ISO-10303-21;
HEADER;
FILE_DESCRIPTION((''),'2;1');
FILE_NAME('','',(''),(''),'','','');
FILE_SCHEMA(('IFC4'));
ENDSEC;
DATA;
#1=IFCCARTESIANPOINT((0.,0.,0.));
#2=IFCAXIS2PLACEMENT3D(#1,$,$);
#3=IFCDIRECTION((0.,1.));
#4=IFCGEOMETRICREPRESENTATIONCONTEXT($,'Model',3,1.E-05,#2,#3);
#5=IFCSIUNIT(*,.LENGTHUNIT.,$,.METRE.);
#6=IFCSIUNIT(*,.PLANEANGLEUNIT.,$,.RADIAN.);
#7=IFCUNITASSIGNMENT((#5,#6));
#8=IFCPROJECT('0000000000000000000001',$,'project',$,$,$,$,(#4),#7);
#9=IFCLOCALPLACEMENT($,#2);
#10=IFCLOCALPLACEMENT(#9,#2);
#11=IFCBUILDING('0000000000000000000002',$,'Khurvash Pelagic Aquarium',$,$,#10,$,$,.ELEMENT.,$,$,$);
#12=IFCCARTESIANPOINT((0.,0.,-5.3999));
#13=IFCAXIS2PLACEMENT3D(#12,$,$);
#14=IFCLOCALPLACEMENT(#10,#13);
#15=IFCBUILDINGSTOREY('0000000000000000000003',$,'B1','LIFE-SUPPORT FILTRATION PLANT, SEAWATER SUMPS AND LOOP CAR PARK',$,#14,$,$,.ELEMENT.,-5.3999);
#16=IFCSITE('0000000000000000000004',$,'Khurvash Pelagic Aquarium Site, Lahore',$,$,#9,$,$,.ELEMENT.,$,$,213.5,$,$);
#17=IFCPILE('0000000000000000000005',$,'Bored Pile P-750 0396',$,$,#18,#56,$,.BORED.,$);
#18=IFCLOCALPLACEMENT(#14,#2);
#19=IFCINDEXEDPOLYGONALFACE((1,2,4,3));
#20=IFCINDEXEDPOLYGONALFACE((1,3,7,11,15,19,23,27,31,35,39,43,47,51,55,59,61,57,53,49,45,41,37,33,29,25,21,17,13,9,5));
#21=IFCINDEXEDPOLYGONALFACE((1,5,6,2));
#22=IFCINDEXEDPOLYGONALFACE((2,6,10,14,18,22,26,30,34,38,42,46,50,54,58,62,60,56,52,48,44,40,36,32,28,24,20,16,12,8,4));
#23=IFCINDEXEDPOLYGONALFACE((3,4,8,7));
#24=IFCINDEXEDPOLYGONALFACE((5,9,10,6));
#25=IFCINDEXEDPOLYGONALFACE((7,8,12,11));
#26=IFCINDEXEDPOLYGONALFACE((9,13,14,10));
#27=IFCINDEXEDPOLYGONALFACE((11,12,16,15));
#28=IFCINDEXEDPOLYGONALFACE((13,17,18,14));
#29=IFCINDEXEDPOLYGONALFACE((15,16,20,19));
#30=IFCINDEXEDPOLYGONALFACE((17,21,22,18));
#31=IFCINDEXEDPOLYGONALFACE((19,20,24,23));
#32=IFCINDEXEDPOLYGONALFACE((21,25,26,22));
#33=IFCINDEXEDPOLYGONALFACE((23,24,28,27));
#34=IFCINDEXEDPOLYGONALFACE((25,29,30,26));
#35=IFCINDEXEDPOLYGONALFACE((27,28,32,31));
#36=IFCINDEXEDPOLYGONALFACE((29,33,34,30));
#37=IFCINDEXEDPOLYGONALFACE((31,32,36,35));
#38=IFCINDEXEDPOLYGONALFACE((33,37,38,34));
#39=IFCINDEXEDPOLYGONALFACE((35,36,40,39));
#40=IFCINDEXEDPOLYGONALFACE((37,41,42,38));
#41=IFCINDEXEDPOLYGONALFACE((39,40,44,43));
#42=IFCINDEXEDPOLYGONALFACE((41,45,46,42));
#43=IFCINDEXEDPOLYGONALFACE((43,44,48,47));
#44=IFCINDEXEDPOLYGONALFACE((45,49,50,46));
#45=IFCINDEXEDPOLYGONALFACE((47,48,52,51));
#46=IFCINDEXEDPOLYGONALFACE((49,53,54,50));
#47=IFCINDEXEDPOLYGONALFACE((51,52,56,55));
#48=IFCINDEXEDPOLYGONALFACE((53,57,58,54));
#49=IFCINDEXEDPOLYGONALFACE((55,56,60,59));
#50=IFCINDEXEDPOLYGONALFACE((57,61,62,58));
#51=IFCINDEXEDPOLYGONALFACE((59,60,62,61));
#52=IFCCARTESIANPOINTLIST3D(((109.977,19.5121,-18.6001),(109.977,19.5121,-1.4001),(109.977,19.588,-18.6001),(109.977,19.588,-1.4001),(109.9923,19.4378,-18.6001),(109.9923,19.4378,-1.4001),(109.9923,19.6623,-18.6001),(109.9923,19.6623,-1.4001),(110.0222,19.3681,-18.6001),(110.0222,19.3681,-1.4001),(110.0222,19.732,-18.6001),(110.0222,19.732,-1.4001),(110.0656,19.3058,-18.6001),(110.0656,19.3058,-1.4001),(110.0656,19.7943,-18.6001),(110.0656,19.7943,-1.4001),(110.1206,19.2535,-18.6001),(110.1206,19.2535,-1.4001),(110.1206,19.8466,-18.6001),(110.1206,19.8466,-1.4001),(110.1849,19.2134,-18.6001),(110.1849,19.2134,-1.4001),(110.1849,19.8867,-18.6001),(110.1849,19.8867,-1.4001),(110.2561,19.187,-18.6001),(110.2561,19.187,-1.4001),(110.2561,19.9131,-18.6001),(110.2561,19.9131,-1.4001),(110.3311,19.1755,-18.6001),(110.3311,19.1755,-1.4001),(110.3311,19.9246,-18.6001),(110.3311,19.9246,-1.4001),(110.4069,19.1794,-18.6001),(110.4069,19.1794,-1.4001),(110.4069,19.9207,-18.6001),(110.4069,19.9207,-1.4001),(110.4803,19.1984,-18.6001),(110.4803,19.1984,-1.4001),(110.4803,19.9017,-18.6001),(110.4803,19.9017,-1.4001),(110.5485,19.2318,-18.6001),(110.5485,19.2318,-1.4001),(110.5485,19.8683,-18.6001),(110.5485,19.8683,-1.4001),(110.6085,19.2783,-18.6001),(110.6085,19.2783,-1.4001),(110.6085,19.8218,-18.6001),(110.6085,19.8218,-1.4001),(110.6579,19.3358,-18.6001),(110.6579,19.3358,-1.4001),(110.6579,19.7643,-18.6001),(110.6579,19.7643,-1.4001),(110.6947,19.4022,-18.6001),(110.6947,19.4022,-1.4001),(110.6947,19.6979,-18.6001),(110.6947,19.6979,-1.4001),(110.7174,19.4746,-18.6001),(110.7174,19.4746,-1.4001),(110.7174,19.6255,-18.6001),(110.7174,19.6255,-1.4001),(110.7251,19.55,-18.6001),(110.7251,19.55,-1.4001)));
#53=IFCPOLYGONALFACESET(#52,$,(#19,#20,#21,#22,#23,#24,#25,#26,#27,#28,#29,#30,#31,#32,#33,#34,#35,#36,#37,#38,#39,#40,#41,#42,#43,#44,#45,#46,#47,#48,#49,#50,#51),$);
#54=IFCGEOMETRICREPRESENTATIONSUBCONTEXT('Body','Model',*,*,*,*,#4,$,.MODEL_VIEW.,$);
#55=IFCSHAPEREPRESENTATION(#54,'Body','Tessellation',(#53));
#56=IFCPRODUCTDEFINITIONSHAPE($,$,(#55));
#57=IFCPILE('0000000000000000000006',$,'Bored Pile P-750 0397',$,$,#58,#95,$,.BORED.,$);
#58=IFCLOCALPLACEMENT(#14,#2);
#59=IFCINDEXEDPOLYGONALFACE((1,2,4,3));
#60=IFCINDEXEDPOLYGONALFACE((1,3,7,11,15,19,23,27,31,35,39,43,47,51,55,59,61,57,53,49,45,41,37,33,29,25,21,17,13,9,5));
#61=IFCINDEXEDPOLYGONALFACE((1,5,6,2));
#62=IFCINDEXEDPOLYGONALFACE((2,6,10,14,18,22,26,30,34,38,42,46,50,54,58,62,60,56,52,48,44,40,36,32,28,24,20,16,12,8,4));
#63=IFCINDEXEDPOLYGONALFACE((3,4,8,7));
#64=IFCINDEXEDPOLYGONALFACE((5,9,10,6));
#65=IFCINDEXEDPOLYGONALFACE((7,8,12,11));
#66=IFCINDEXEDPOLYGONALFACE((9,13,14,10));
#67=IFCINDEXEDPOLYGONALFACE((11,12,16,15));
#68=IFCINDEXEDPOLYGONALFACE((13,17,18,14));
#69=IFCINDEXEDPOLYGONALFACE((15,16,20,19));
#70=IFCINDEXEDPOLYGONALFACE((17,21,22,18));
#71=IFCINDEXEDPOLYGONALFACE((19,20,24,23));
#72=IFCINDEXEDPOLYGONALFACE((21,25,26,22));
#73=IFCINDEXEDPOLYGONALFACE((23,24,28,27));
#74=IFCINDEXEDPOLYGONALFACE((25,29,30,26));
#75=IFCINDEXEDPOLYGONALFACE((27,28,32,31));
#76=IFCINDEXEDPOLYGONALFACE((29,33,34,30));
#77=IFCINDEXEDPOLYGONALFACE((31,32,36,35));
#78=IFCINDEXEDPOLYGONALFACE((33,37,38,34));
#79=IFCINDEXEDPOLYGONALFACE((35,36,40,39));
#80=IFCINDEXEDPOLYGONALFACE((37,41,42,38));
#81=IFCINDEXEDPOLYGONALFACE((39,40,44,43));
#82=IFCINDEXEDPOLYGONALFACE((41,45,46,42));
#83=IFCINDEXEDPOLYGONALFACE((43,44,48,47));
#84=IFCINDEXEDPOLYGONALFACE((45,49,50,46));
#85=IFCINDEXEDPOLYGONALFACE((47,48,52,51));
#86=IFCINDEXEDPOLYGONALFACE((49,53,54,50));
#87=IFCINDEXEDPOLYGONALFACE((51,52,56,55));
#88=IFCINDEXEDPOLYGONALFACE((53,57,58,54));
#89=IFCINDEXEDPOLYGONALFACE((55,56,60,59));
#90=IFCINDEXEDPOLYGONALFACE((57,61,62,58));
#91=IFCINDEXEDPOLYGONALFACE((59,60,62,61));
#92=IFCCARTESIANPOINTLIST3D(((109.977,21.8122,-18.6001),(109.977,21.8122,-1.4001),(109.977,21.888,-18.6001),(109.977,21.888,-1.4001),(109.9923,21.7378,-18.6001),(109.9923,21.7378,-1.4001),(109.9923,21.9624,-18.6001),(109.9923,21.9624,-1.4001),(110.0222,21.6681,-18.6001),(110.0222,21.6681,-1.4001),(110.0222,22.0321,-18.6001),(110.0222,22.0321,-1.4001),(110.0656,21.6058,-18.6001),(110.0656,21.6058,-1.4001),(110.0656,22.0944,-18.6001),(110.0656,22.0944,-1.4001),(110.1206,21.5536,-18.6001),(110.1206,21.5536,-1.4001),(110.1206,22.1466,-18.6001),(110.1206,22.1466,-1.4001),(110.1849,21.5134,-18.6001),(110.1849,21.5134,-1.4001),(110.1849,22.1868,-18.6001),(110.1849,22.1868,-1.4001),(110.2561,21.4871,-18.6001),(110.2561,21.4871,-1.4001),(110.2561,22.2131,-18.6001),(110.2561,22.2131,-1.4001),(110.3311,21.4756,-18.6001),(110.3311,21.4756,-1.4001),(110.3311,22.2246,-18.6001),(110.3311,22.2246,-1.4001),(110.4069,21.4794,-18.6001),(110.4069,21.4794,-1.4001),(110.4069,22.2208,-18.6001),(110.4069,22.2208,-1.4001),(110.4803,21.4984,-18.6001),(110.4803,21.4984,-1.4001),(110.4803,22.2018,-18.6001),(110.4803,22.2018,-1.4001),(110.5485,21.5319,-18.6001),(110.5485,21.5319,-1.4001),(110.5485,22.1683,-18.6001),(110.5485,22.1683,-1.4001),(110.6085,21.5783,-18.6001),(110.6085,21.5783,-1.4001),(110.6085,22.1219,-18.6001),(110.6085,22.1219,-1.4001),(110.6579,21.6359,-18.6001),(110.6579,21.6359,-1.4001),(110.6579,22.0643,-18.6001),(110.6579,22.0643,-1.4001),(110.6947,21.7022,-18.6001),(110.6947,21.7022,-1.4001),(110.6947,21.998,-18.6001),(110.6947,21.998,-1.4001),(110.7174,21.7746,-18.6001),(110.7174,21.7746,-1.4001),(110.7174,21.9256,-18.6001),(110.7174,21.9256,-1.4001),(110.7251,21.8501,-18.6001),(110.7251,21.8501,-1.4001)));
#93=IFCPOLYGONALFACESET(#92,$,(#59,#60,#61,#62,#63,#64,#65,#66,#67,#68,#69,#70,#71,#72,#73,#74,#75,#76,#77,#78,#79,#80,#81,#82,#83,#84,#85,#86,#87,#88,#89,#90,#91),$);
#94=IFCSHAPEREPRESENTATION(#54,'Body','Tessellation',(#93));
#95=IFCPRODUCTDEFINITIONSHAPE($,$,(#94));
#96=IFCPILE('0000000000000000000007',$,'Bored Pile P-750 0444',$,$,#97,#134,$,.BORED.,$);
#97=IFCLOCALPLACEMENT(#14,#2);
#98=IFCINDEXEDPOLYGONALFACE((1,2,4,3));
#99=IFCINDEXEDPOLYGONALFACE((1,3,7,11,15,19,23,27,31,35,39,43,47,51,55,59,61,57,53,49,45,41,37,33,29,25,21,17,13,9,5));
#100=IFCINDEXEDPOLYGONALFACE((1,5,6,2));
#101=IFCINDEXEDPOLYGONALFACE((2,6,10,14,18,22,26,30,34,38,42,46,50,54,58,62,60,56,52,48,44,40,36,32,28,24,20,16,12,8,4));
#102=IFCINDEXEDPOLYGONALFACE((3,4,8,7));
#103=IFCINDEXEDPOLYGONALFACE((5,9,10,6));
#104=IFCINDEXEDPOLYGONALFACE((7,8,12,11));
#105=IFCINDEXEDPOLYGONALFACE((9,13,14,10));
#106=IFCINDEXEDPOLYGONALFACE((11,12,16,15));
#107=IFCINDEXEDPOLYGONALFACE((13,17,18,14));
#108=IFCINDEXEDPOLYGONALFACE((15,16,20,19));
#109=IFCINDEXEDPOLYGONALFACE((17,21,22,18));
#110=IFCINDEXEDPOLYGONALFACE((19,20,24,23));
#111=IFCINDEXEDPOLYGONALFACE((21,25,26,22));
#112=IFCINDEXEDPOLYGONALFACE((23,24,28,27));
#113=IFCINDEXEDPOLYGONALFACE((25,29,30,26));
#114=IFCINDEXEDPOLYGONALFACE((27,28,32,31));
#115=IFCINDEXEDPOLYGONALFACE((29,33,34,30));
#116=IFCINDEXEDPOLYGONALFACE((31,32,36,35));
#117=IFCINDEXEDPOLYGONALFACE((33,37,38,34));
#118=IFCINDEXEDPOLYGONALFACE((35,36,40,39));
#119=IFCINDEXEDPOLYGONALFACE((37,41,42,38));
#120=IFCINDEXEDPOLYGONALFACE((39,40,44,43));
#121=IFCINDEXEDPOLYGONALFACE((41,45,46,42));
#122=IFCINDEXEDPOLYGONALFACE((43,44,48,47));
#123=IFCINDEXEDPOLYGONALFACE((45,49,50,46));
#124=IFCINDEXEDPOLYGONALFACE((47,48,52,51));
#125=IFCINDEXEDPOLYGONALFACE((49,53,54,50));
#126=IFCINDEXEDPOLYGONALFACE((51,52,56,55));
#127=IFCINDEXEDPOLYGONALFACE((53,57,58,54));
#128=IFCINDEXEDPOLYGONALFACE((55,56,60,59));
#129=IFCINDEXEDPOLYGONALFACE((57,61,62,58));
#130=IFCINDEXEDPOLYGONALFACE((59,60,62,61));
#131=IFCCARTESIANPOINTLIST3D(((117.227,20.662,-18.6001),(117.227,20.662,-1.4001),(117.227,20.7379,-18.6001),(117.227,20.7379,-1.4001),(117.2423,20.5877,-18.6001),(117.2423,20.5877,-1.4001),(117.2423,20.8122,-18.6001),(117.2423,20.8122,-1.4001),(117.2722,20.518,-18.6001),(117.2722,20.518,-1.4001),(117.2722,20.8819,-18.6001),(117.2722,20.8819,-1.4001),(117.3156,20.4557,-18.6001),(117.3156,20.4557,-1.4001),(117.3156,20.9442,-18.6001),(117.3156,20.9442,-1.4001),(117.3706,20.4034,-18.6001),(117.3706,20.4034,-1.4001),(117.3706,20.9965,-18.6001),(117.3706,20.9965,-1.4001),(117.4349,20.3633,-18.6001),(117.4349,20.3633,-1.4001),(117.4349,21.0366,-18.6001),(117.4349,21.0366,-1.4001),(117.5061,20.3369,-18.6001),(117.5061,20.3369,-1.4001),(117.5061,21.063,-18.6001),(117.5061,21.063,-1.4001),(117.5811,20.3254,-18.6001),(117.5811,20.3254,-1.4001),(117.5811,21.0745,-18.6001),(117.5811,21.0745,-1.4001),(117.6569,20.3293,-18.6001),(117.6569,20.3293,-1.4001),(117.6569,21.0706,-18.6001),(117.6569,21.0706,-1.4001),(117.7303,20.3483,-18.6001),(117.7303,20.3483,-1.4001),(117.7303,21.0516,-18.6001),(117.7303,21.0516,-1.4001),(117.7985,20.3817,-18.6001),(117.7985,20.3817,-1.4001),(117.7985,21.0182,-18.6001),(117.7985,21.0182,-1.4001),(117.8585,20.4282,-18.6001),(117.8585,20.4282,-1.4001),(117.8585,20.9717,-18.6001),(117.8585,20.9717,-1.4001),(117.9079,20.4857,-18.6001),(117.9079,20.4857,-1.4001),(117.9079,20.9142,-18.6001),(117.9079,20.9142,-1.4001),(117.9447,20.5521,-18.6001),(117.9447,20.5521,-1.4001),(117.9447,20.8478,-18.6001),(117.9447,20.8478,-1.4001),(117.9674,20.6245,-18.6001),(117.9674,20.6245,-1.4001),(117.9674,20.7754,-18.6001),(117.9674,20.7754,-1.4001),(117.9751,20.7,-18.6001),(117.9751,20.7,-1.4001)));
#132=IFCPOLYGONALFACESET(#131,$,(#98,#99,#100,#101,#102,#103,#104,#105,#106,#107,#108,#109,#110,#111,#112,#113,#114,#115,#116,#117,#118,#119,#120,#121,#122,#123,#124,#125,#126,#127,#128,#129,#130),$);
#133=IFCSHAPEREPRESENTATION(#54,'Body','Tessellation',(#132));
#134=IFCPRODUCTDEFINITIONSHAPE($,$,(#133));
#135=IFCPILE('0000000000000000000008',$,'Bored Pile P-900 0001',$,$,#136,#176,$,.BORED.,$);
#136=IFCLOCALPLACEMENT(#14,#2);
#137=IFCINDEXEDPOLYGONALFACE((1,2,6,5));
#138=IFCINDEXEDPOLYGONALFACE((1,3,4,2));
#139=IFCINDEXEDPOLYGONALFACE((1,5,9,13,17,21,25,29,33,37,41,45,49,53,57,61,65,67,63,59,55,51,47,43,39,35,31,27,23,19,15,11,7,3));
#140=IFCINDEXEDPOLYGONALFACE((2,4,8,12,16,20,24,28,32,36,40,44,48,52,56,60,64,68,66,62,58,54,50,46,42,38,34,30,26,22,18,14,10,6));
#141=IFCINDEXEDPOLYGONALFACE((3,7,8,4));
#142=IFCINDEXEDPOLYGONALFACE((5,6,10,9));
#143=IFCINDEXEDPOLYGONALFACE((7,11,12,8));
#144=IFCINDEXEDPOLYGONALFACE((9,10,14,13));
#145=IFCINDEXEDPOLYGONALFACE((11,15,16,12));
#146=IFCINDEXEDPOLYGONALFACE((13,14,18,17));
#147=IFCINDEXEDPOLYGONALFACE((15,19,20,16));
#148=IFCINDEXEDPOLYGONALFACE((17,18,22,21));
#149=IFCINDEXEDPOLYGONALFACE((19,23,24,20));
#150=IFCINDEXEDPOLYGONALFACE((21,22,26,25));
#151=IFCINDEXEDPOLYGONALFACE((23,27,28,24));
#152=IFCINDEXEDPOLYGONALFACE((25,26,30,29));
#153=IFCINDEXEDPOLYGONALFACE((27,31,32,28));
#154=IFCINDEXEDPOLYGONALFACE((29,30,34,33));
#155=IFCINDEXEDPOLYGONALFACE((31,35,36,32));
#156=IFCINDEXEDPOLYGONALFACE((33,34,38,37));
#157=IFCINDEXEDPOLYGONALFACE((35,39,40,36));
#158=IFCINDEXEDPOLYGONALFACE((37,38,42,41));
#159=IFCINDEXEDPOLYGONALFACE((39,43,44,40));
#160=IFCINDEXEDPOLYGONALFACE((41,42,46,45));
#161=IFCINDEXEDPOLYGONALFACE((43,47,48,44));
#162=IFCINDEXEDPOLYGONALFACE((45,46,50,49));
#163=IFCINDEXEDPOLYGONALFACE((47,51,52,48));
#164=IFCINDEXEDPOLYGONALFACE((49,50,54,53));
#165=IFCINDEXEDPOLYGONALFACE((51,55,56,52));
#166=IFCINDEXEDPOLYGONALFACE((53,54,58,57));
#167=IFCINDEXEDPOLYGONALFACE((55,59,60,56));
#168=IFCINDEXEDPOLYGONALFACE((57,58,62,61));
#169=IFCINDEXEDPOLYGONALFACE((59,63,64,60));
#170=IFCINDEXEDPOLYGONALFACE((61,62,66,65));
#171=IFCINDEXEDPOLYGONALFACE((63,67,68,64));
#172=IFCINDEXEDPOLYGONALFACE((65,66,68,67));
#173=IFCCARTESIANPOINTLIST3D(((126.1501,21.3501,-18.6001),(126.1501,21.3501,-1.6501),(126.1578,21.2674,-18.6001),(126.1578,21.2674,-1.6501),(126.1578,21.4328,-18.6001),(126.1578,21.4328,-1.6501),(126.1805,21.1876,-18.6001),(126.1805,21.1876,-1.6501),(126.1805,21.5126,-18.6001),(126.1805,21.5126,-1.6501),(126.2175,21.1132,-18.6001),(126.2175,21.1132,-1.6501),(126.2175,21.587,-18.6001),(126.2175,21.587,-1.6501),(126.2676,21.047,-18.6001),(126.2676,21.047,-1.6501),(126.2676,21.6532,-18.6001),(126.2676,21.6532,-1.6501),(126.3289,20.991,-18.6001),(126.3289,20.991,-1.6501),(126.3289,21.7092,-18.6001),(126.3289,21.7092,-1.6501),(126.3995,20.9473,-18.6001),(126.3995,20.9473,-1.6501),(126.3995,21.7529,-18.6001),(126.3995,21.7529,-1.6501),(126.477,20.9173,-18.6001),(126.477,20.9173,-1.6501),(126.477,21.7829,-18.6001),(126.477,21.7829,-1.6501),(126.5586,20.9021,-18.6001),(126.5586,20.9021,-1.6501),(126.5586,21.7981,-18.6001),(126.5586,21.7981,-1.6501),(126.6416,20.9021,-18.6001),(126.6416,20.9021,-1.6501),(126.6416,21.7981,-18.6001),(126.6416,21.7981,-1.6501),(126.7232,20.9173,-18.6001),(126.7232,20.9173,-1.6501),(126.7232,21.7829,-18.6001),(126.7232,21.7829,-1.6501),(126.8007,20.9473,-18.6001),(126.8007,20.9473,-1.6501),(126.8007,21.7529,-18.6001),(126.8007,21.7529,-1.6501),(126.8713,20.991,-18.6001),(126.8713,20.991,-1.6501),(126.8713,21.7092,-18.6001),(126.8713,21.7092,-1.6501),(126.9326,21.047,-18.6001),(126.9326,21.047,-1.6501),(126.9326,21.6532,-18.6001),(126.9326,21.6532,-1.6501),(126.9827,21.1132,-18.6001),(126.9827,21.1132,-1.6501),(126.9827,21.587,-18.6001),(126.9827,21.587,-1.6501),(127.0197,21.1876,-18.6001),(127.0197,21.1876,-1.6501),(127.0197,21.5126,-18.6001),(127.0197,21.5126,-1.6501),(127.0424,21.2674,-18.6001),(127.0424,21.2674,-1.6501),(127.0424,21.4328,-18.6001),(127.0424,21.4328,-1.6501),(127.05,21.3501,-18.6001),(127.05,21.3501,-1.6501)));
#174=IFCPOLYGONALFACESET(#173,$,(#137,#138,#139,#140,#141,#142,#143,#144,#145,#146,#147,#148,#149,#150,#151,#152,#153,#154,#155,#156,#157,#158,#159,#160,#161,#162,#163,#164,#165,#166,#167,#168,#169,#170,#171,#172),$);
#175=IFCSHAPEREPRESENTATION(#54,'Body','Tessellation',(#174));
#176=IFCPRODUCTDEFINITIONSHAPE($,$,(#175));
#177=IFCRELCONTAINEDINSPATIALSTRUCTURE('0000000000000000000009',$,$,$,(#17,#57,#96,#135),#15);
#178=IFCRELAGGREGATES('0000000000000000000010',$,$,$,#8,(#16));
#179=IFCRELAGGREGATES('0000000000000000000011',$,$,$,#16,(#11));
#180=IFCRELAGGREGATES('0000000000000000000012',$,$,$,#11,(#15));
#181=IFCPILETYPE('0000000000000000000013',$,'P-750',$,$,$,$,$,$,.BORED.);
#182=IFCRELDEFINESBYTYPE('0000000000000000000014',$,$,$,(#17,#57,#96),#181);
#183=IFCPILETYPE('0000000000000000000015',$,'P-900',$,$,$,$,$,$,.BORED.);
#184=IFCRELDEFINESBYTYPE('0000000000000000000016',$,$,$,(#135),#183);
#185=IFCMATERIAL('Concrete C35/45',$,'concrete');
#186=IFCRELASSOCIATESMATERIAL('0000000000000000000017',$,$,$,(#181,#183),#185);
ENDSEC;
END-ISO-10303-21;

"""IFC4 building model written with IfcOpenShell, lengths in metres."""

from ifc_helpers import new_model, si_unit, direction, frame, origin, origin_2d, place, context, subcontext, project, spatial, circle, extrude, material, material_profile, profile_set, type_object, element, save


model = new_model("IFC4")

# Units and contexts
model_context = context("Model", 3, precision=1e-05, world=origin(), true_north=direction((0.0, 1.0)))
body_context = subcontext(model_context, "Body", "Model", "MODEL_VIEW")
ifc_project = project(units=[si_unit("LENGTHUNIT", "METRE"), si_unit("PLANEANGLEUNIT", "RADIAN")], contexts=[model_context])

# Site, building, storey
site_placement = place(None, origin())
site = spatial("IfcSite", under=ifc_project, at=site_placement, Name="Khurvash Pelagic Aquarium Site, Lahore", CompositionType="ELEMENT", RefElevation=213.5)
building_placement = place(site_placement, origin())
building = spatial("IfcBuilding", under=site, at=building_placement, Name="Khurvash Pelagic Aquarium", CompositionType="ELEMENT")
storey_placement = place(building_placement, frame((0.0, 0.0, -5.3999)))
storey = spatial("IfcBuildingStorey", under=building, at=storey_placement, Name="B1", Description="LIFE-SUPPORT FILTRATION PLANT, SEAWATER SUMPS AND LOOP CAR PARK", CompositionType="ELEMENT", Elevation=-5.3999)

# Shared definitions
ifc_material_1 = material(Name="Concrete C35/45", Category="concrete")

# Piles
ifc_material_profile_1 = material_profile(ifc_material_1, circle(Radius=0.375, at=origin_2d()), Name="PILE750")
ifc_profile_set_1 = profile_set([ifc_material_profile_1], Name="Concrete C35/45")
pile_type_1 = type_object("IfcPileType", Name="P-750", PredefinedType="BORED", material=ifc_profile_set_1)
for number, where, z_axis, x_axis, name in (
    (1, (110.3501, 19.55, -1.4001), (0.0, 0.0, -1.0), (1.0, 0.0, 0.0), "Bored Pile P-750 0396"),
    (2, (110.3501, 21.8501, -1.4001), (0.0, 0.0, -1.0), (1.0, 0.0, 0.0), "Bored Pile P-750 0397"),
    (3, (117.6001, 20.7, -1.4001), (0.0, 0.0, -1.0), (1.0, 0.0, 0.0), "Bored Pile P-750 0444"),
):
    element("IfcPile", number, at=place(storey_placement, frame(where, z_axis=z_axis, x_axis=x_axis)), inside=storey, type_object=pile_type_1, Name=name, PredefinedType="BORED", context=body_context, shape_type="SweptSolid", body=[
        extrude(circle(Radius=0.375, at=origin_2d()), origin(), (0.0, 0.0, 1.0), 17.2),
    ])
ifc_material_profile_2 = material_profile(ifc_material_1, circle(Radius=0.45, at=origin_2d()), Name="PILE900")
ifc_profile_set_2 = profile_set([ifc_material_profile_2], Name="Concrete C35/45")
pile_type_2 = type_object("IfcPileType", Name="P-900", PredefinedType="BORED", material=ifc_profile_set_2)
for number, where, z_axis, x_axis, name in (
    (4, (126.6001, 21.3501, -1.6501), (0.0, 0.0, -1.0), (1.0, 0.0, 0.0), "Bored Pile P-900 0001"),
):
    element("IfcPile", number, at=place(storey_placement, frame(where, z_axis=z_axis, x_axis=x_axis)), inside=storey, type_object=pile_type_2, Name=name, PredefinedType="BORED", context=body_context, shape_type="SweptSolid", body=[
        extrude(circle(Radius=0.45, at=origin_2d()), origin(), (0.0, 0.0, 1.0), 16.95),
    ])

save(model, "model.ifc")
